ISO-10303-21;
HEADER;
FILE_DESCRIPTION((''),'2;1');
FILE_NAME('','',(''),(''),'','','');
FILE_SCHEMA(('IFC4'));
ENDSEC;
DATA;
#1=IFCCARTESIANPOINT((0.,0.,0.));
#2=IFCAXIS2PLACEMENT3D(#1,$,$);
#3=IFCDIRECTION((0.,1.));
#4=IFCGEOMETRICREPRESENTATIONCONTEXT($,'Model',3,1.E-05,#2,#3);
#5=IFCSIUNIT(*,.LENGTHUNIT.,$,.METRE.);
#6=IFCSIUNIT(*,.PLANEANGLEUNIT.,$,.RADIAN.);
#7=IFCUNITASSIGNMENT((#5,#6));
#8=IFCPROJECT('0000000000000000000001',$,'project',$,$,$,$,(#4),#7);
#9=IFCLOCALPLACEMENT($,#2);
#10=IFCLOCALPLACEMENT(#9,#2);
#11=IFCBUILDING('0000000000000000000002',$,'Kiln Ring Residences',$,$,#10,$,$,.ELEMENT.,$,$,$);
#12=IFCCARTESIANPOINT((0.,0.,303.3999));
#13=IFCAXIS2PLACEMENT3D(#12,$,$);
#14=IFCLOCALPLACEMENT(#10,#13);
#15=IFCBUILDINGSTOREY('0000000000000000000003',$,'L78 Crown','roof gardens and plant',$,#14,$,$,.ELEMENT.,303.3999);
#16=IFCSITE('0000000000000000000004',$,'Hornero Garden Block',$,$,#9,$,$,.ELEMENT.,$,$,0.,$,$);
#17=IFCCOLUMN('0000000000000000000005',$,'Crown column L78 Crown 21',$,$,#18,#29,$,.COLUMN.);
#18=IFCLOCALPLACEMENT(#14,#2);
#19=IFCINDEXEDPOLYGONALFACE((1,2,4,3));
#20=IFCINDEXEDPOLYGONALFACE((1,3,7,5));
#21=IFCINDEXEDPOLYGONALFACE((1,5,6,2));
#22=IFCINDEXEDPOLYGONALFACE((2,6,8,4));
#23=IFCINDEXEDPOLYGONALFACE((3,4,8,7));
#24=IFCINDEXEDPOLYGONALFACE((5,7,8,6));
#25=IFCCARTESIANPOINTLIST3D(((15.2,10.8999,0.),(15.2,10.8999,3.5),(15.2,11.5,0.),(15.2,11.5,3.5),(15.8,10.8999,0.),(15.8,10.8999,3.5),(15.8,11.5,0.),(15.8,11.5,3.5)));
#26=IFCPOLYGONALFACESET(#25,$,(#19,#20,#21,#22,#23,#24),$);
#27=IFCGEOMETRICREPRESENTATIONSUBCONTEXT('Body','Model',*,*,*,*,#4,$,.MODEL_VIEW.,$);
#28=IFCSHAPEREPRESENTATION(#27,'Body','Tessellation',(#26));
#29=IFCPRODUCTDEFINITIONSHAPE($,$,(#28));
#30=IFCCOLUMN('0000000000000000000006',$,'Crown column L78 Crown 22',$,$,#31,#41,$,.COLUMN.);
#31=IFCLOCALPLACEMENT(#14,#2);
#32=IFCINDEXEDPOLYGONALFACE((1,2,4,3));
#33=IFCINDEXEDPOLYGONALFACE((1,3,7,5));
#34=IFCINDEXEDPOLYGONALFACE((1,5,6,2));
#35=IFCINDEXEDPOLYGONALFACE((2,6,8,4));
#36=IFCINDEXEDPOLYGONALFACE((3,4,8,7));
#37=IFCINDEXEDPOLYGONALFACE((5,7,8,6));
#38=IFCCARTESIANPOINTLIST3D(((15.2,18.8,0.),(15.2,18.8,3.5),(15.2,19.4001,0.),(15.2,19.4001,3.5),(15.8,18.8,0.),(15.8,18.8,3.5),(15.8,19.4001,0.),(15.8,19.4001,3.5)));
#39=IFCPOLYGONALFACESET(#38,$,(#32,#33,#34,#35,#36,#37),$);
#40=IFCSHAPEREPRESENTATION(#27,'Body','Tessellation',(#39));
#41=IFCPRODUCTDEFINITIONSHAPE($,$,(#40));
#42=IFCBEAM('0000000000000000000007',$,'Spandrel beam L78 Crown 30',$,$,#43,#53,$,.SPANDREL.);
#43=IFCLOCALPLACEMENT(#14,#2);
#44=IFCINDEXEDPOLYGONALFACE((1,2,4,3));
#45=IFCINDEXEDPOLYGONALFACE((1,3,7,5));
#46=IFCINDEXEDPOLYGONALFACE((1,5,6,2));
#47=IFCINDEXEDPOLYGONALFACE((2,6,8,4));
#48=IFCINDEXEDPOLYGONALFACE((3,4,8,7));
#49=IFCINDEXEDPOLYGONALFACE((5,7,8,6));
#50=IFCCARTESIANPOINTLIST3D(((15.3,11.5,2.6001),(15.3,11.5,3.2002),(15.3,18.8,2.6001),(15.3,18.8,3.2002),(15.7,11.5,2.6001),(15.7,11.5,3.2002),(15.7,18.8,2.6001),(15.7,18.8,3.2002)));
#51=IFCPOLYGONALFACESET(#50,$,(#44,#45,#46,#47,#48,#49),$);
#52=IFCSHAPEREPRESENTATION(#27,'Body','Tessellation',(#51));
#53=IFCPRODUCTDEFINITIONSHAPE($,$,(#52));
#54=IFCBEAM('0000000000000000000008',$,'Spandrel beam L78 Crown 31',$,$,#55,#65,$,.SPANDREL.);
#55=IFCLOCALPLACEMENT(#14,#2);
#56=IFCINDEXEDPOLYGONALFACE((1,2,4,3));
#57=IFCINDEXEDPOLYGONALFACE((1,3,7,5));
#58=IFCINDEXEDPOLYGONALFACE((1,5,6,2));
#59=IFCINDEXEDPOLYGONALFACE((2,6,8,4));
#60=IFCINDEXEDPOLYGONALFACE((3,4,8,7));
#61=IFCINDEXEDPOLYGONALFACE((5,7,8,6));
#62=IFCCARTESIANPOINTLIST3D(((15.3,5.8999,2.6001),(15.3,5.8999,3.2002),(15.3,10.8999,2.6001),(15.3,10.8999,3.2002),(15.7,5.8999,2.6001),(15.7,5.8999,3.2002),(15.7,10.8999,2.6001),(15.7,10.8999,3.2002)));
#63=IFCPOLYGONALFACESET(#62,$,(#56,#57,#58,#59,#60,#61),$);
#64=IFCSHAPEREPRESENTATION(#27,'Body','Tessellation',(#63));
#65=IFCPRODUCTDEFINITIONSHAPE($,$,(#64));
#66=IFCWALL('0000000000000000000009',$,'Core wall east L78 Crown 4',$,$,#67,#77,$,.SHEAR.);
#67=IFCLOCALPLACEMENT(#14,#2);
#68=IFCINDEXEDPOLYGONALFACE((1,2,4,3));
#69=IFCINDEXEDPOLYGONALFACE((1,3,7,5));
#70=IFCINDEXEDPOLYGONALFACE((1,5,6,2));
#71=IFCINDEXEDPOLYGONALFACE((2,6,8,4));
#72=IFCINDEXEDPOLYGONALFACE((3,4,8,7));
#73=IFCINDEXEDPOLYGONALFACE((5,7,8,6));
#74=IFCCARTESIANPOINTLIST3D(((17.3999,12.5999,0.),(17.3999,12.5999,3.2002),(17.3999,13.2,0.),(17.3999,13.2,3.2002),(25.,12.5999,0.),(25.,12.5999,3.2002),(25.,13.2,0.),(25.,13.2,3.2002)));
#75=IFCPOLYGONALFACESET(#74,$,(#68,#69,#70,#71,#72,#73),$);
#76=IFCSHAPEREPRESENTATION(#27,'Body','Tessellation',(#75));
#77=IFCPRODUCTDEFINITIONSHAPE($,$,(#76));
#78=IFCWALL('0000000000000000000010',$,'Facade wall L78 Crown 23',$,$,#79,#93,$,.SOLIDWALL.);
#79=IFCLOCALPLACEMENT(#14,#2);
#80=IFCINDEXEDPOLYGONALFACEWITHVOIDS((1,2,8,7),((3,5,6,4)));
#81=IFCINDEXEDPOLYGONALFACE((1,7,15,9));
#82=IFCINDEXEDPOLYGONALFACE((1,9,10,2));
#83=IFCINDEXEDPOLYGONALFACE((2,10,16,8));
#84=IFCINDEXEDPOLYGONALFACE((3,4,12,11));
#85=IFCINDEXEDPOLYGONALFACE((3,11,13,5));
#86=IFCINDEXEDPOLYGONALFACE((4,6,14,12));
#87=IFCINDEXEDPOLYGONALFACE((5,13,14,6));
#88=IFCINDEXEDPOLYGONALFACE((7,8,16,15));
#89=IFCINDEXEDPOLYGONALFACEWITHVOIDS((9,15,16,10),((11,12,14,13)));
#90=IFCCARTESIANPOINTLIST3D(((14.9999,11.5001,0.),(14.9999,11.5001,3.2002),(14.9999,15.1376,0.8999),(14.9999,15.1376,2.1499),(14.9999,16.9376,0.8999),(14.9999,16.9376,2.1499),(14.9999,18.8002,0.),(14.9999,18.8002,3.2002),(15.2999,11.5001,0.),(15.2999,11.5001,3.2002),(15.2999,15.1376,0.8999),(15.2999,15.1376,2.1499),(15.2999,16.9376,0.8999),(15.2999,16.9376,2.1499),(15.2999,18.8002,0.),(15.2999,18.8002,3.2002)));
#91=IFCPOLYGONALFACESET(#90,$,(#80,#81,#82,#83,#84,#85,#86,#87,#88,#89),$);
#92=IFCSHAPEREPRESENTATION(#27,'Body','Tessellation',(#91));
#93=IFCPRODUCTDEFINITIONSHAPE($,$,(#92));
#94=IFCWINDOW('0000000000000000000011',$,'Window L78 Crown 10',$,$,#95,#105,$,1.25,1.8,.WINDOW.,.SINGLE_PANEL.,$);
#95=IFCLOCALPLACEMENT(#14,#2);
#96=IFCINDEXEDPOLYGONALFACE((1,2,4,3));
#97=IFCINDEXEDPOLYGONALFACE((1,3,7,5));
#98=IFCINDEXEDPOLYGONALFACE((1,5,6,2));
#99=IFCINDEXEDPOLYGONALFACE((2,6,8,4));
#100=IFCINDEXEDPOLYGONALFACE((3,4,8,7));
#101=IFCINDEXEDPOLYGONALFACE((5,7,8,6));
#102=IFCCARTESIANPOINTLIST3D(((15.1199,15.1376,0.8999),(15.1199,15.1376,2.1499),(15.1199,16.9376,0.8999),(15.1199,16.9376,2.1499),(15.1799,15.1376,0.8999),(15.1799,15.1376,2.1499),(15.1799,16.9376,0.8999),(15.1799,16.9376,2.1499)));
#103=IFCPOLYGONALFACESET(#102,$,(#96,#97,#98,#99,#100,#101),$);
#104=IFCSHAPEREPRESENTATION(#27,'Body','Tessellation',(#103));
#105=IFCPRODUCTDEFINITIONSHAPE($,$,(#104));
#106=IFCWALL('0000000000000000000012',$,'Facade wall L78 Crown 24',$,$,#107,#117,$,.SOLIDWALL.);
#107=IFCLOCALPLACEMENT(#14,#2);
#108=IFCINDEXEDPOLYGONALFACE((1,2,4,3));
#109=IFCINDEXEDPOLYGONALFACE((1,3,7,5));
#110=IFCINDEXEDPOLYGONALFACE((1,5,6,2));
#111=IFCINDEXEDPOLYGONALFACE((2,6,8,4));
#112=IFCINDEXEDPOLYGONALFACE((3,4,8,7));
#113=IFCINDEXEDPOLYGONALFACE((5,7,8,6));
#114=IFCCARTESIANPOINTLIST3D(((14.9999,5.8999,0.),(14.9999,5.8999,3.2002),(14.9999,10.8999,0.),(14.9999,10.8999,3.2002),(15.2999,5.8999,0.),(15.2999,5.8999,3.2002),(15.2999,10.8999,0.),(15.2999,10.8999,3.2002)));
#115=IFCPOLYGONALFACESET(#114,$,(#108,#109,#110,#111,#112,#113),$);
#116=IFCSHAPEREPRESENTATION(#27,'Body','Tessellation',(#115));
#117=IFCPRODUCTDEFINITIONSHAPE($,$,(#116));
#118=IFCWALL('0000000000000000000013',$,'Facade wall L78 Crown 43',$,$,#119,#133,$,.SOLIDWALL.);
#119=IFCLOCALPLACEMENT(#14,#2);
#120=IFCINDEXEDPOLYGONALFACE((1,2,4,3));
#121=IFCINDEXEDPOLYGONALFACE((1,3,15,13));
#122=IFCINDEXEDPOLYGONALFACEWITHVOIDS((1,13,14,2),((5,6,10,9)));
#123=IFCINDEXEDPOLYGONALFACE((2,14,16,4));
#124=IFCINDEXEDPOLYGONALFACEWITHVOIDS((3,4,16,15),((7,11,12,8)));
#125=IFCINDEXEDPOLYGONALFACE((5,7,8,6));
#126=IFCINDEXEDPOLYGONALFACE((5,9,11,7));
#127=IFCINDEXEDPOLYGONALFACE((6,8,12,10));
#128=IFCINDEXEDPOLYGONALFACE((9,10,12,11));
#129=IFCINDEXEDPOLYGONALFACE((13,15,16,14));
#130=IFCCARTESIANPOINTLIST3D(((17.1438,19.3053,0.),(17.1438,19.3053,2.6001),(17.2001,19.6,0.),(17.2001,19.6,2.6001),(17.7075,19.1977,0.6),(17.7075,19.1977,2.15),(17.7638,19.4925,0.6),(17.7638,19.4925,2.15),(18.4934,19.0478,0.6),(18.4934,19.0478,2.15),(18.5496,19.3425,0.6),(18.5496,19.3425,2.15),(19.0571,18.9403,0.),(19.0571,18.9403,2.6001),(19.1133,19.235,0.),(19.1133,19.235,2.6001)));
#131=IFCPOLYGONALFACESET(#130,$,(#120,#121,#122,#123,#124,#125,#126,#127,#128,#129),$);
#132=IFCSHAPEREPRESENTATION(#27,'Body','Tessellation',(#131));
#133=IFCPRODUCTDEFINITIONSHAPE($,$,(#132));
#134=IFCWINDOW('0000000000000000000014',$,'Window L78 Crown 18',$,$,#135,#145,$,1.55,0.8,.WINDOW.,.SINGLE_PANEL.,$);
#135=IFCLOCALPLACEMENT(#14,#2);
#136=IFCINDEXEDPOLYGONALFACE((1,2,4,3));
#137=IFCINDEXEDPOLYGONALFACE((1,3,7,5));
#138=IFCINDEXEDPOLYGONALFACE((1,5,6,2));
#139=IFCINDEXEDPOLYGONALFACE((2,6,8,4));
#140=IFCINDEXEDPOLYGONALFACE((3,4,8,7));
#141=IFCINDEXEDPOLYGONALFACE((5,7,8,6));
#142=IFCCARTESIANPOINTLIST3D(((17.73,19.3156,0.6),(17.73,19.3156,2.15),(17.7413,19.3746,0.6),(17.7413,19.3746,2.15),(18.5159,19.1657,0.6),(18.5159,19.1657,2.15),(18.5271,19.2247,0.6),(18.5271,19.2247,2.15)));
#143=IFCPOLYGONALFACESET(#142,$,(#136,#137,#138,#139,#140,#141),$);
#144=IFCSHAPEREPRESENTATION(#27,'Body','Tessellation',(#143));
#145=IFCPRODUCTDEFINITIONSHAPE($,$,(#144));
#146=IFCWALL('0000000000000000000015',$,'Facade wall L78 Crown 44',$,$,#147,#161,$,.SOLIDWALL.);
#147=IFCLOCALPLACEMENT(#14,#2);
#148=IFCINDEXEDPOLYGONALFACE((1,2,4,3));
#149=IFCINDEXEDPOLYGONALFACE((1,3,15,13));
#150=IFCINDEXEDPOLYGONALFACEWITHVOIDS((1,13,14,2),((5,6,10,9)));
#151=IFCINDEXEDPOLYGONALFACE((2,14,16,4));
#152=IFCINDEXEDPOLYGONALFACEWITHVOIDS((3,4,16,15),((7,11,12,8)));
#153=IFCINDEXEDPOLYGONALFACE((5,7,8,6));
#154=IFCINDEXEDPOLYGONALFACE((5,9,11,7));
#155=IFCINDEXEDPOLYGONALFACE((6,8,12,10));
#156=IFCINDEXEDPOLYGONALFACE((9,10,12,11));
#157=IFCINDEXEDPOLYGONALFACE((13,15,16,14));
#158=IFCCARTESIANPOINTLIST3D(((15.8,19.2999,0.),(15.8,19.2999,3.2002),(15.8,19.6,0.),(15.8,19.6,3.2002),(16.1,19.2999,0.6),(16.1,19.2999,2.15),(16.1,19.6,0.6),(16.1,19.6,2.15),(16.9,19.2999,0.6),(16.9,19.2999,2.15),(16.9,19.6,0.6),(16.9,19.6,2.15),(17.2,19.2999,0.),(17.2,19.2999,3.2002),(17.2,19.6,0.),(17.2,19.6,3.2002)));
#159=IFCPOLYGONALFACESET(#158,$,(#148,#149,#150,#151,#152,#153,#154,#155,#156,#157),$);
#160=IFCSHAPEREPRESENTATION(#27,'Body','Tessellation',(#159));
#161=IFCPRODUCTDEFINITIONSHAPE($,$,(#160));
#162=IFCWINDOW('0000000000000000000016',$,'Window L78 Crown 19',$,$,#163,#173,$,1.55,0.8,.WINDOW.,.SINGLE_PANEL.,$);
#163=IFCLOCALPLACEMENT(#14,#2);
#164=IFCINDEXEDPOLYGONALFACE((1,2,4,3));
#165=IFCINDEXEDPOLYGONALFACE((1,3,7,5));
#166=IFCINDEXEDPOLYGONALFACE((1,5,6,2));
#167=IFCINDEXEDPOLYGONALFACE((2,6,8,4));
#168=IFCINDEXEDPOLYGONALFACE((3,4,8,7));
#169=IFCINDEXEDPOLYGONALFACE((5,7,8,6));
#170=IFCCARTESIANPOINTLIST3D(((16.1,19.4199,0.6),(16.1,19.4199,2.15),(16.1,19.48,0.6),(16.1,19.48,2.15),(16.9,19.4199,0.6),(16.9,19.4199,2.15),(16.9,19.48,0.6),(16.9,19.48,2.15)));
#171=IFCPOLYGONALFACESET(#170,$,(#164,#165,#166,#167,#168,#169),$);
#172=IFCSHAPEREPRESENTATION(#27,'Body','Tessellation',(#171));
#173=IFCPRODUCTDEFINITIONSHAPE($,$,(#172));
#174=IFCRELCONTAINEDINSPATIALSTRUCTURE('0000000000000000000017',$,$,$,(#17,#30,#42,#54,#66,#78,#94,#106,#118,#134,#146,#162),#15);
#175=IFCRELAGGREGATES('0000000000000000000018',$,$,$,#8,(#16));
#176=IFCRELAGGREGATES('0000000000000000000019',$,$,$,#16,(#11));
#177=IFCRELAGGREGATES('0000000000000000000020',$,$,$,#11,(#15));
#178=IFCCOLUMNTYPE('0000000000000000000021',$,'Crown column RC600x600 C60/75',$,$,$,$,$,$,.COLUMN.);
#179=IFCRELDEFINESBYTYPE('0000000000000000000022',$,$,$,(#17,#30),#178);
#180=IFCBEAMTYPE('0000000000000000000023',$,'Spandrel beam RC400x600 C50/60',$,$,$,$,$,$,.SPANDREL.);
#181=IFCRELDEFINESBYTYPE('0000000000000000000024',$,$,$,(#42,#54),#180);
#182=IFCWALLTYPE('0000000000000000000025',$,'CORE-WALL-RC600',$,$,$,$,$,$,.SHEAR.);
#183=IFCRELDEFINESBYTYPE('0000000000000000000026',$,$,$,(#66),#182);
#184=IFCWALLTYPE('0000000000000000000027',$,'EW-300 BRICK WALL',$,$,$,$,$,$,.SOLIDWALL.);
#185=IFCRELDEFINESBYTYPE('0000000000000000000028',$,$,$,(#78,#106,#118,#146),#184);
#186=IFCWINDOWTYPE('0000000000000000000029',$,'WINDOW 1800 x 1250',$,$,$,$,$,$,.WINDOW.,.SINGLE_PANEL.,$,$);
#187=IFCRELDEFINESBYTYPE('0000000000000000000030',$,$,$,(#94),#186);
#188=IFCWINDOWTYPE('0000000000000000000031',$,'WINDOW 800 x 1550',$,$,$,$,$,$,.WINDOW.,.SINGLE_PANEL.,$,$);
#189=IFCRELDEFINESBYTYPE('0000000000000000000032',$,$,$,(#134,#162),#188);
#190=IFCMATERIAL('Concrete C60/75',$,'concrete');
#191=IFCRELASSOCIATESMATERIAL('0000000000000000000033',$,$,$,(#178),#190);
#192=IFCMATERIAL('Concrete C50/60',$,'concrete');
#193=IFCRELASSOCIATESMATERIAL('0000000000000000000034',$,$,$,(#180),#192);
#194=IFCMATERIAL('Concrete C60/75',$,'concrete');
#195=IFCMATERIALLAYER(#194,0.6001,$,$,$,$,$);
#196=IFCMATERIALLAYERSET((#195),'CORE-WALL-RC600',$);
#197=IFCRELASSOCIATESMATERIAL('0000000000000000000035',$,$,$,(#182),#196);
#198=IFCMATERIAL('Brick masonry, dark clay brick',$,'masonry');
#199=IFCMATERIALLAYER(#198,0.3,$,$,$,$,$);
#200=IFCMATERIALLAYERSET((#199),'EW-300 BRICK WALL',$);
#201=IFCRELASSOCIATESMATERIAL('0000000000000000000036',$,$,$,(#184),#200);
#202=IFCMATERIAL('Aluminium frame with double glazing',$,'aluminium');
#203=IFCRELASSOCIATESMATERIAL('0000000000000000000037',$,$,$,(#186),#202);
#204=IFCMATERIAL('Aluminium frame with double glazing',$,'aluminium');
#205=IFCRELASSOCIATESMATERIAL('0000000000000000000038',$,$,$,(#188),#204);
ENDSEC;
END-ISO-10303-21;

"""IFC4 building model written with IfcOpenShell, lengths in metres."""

from ifc_helpers import new_model, si_unit, direction, frame, frame_2d, origin, origin_2d, place, context, subcontext, project, spatial, rectangle, extrude, material, layer, layer_set, material_profile, profile_set, type_object, element, fill, save


model = new_model("IFC4")

# Units and contexts
model_context = context("Model", 3, precision=1e-05, world=origin(), true_north=direction((0.0, 1.0)))
body_context = subcontext(model_context, "Body", "Model", "MODEL_VIEW")
ifc_project = project(units=[si_unit("LENGTHUNIT", "METRE"), si_unit("PLANEANGLEUNIT", "RADIAN")], contexts=[model_context])

# Site, building, storey
site_placement = place(None, origin())
site = spatial("IfcSite", under=ifc_project, at=site_placement, Name="Hornero Garden Block", CompositionType="ELEMENT", RefElevation=0.0)
building_placement = place(site_placement, origin())
building = spatial("IfcBuilding", under=site, at=building_placement, Name="Kiln Ring Residences", CompositionType="ELEMENT")
storey_placement = place(building_placement, frame((0.0, 0.0, 303.3999)))
storey = spatial("IfcBuildingStorey", under=building, at=storey_placement, Name="L78 Crown", Description="roof gardens and plant", CompositionType="ELEMENT", Elevation=303.3999)

# Columns
ifc_material_1 = material(Name="Concrete C60/75", Category="concrete")
ifc_material_profile_1 = material_profile(ifc_material_1, rectangle(XDim=0.6001, YDim=0.6001, at=origin_2d()), Name="RC600x600")
ifc_profile_set_1 = profile_set([ifc_material_profile_1], Name="Concrete C60/75")
column_type = type_object("IfcColumnType", Name="Crown column RC600x600 C60/75", PredefinedType="COLUMN", material=ifc_profile_set_1)
for number, where, z_axis, x_axis, name in (
    (1, (15.5, 11.2, 0.0), (0.0, 0.0, 1.0), (1.0, 0.0, 0.0), "Crown column L78 Crown 21"),
    (2, (15.5, 19.1001, 0.0), (0.0, 0.0, 1.0), (1.0, 0.0, 0.0), "Crown column L78 Crown 22"),
):
    element("IfcColumn", number, at=place(storey_placement, frame(where, z_axis=z_axis, x_axis=x_axis)), inside=storey, type_object=column_type, Name=name, PredefinedType="COLUMN", context=body_context, shape_type="SweptSolid", body=[
        extrude(rectangle(XDim=0.6001, YDim=0.6001, at=origin_2d()), origin(), (0.0, 0.0, 1.0), 3.5),
    ])

# Beams
ifc_material_2 = material(Name="Concrete C50/60", Category="concrete")
ifc_material_profile_2 = material_profile(ifc_material_2, rectangle(XDim=0.3999, YDim=0.6001, at=origin_2d()), Name="RC400x600")
ifc_profile_set_2 = profile_set([ifc_material_profile_2], Name="Concrete C50/60")
beam_type = type_object("IfcBeamType", Name="Spandrel beam RC400x600 C50/60", PredefinedType="SPANDREL", material=ifc_profile_set_2)
beam_1_placement = place(storey_placement, frame((15.5, 18.8, 2.9001), z_axis=(0.0, -1.0, 0.0), x_axis=(1.0, 0.0, 0.0)))
element("IfcBeam", 3, at=beam_1_placement, inside=storey, type_object=beam_type, Name="Spandrel beam L78 Crown 30", PredefinedType="SPANDREL", context=body_context, shape_type="SweptSolid", body=[
    extrude(rectangle(XDim=0.3999, YDim=0.6001, at=origin_2d()), origin(), (0.0, 0.0, 1.0), 7.3),
])
beam_2_placement = place(storey_placement, frame((15.5, 10.8999, 2.9001), z_axis=(0.0, -1.0, 0.0), x_axis=(1.0, 0.0, 0.0)))
element("IfcBeam", 4, at=beam_2_placement, inside=storey, type_object=beam_type, Name="Spandrel beam L78 Crown 31", PredefinedType="SPANDREL", context=body_context, shape_type="SweptSolid", body=[
    extrude(rectangle(XDim=0.3999, YDim=0.6001, at=origin_2d()), origin(), (0.0, 0.0, 1.0), 5.0),
])

# Wall
ifc_material_3 = material(Name="Concrete C60/75", Category="concrete")
ifc_layer_1 = layer(ifc_material_3, 0.6001)
ifc_layer_set_1 = layer_set([ifc_layer_1], Name="CORE-WALL-RC600")
wall_type_1 = type_object("IfcWallType", Name="CORE-WALL-RC600", PredefinedType="SHEAR", material=ifc_layer_set_1)
wall_1_placement = place(storey_placement, frame((17.3999, 12.8999, 0.0), z_axis=(0.0, 0.0, 1.0), x_axis=(1.0, 0.0, 0.0)))
element("IfcWall", 5, at=wall_1_placement, inside=storey, type_object=wall_type_1, Name="Core wall east L78 Crown 4", PredefinedType="SHEAR", context=body_context, shape_type="SweptSolid", body=[
    extrude(rectangle(XDim=7.6001, YDim=0.6001, at=frame_2d((3.8, 0.0))), origin(), (0.0, 0.0, 1.0), 3.2002),
])

# Wall, opening, window
ifc_material_4 = material(Name="Brick masonry, dark clay brick", Category="masonry")
ifc_layer_2 = layer(ifc_material_4, 0.3)
ifc_layer_set_2 = layer_set([ifc_layer_2], Name="EW-300 BRICK WALL")
wall_type_2 = type_object("IfcWallType", Name="EW-300 BRICK WALL", PredefinedType="SOLIDWALL", material=ifc_layer_set_2)
wall_2_placement = place(storey_placement, frame((15.1499, 18.8, 0.0), z_axis=(0.0, 0.0, 1.0), x_axis=(0.0, -1.0, 0.0)))
wall_2 = element("IfcWall", 6, at=wall_2_placement, inside=storey, type_object=wall_type_2, Name="Facade wall L78 Crown 23", PredefinedType="SOLIDWALL", context=body_context, shape_type="SweptSolid", body=[
    extrude(rectangle(XDim=7.3, YDim=0.3, at=frame_2d((3.6499, 0.0))), origin(), (0.0, 0.0, 1.0), 3.2002),
])
opening_1_placement = place(wall_2_placement, frame((1.8625, 0.0, 0.8999)))
opening_1 = element("IfcOpeningElement", 7, at=opening_1_placement, cuts=wall_2, PredefinedType="OPENING", context=body_context, shape_type="SweptSolid", body=[
    extrude(rectangle(XDim=1.8, YDim=1.25, at=frame_2d((0.8999, 0.625))), frame((0.0, 0.1599, 0.0), z_axis=(0.0, -1.0, 0.0), x_axis=(1.0, 0.0, 0.0)), (0.0, 0.0, 1.0), 0.3201),
])
ifc_material_5 = material(Name="Aluminium frame with double glazing", Category="aluminium")
window_type_1 = type_object("IfcWindowType", Name="WINDOW 1800 x 1250", PartitioningType="SINGLE_PANEL", PredefinedType="WINDOW", material=ifc_material_5)
window_1_placement = place(opening_1_placement, origin())
window_1 = element("IfcWindow", 8, at=window_1_placement, inside=storey, type_object=window_type_1, Name="Window L78 Crown 10", OverallHeight=1.25, OverallWidth=1.8, PartitioningType="SINGLE_PANEL", PredefinedType="WINDOW", context=body_context, shape_type="SweptSolid", body=[
    extrude(rectangle(XDim=1.8, YDim=1.25, at=frame_2d((0.8999, 0.625))), frame((0.0, 0.03, 0.0), z_axis=(0.0, -1.0, 0.0), x_axis=(1.0, 0.0, 0.0)), (0.0, 0.0, 1.0), 0.0601),
])
fill(opening_1, window_1)

# Wall
wall_3_placement = place(storey_placement, frame((15.1499, 10.8999, 0.0), z_axis=(0.0, 0.0, 1.0), x_axis=(0.0, -1.0, 0.0)))
element("IfcWall", 9, at=wall_3_placement, inside=storey, type_object=wall_type_2, Name="Facade wall L78 Crown 24", PredefinedType="SOLIDWALL", context=body_context, shape_type="SweptSolid", body=[
    extrude(rectangle(XDim=5.0, YDim=0.3, at=frame_2d((2.5, 0.0))), origin(), (0.0, 0.0, 1.0), 3.2002),
])

# Walls, openings, windows
wall_4_placement = place(storey_placement, frame((19.0852, 19.0876, 0.0), z_axis=(0.0, 0.0, 1.0), x_axis=(-0.982287, 0.187383, 0.0)))
wall_4 = element("IfcWall", 10, at=wall_4_placement, inside=storey, type_object=wall_type_2, Name="Facade wall L78 Crown 43", PredefinedType="SOLIDWALL", context=body_context, shape_type="SweptSolid", body=[
    extrude(rectangle(XDim=1.9478, YDim=0.3, at=frame_2d((0.9739, 0.0))), origin(), (0.0, 0.0, 1.0), 2.6001),
])
opening_2_placement = place(wall_4_placement, frame((0.574, 0.0, 0.6001)))
opening_2 = element("IfcOpeningElement", 11, at=opening_2_placement, cuts=wall_4, PredefinedType="OPENING", context=body_context, shape_type="SweptSolid", body=[
    extrude(rectangle(XDim=0.8, YDim=1.55, at=frame_2d((0.3999, 0.7749))), frame((0.0, 0.1599, 0.0), z_axis=(0.0, -1.0, 0.0), x_axis=(1.0, 0.0, 0.0)), (0.0, 0.0, 1.0), 0.3201),
])
ifc_material_6 = material(Name="Aluminium frame with double glazing", Category="aluminium")
window_type_2 = type_object("IfcWindowType", Name="WINDOW 800 x 1550", PartitioningType="SINGLE_PANEL", PredefinedType="WINDOW", material=ifc_material_6)
window_2_placement = place(opening_2_placement, origin())
window_2 = element("IfcWindow", 12, at=window_2_placement, inside=storey, type_object=window_type_2, Name="Window L78 Crown 18", OverallHeight=1.55, OverallWidth=0.8, PartitioningType="SINGLE_PANEL", PredefinedType="WINDOW", context=body_context, shape_type="SweptSolid", body=[
    extrude(rectangle(XDim=0.8, YDim=1.55, at=frame_2d((0.3999, 0.7749))), frame((0.0, 0.03, 0.0), z_axis=(0.0, -1.0, 0.0), x_axis=(1.0, 0.0, 0.0)), (0.0, 0.0, 1.0), 0.0601),
])
fill(opening_2, window_2)
wall_5_placement = place(storey_placement, frame((17.2, 19.45, 0.0), z_axis=(0.0, 0.0, 1.0), x_axis=(-1.0, 0.0, 0.0)))
wall_5 = element("IfcWall", 13, at=wall_5_placement, inside=storey, type_object=wall_type_2, Name="Facade wall L78 Crown 44", PredefinedType="SOLIDWALL", context=body_context, shape_type="SweptSolid", body=[
    extrude(rectangle(XDim=1.3999, YDim=0.3, at=frame_2d((0.7, 0.0))), origin(), (0.0, 0.0, 1.0), 3.2002),
])
opening_3_placement = place(wall_5_placement, frame((0.3, 0.0, 0.6001)))
opening_3 = element("IfcOpeningElement", 14, at=opening_3_placement, cuts=wall_5, PredefinedType="OPENING", context=body_context, shape_type="SweptSolid", body=[
    extrude(rectangle(XDim=0.8, YDim=1.55, at=frame_2d((0.3999, 0.7749))), frame((0.0, 0.1599, 0.0), z_axis=(0.0, -1.0, 0.0), x_axis=(1.0, 0.0, 0.0)), (0.0, 0.0, 1.0), 0.3201),
])
window_3_placement = place(opening_3_placement, origin())
window_3 = element("IfcWindow", 15, at=window_3_placement, inside=storey, type_object=window_type_2, Name="Window L78 Crown 19", OverallHeight=1.55, OverallWidth=0.8, PartitioningType="SINGLE_PANEL", PredefinedType="WINDOW", context=body_context, shape_type="SweptSolid", body=[
    extrude(rectangle(XDim=0.8, YDim=1.55, at=frame_2d((0.3999, 0.7749))), frame((0.0, 0.03, 0.0), z_axis=(0.0, -1.0, 0.0), x_axis=(1.0, 0.0, 0.0)), (0.0, 0.0, 1.0), 0.0601),
])
fill(opening_3, window_3)

save(model, "model.ifc")
